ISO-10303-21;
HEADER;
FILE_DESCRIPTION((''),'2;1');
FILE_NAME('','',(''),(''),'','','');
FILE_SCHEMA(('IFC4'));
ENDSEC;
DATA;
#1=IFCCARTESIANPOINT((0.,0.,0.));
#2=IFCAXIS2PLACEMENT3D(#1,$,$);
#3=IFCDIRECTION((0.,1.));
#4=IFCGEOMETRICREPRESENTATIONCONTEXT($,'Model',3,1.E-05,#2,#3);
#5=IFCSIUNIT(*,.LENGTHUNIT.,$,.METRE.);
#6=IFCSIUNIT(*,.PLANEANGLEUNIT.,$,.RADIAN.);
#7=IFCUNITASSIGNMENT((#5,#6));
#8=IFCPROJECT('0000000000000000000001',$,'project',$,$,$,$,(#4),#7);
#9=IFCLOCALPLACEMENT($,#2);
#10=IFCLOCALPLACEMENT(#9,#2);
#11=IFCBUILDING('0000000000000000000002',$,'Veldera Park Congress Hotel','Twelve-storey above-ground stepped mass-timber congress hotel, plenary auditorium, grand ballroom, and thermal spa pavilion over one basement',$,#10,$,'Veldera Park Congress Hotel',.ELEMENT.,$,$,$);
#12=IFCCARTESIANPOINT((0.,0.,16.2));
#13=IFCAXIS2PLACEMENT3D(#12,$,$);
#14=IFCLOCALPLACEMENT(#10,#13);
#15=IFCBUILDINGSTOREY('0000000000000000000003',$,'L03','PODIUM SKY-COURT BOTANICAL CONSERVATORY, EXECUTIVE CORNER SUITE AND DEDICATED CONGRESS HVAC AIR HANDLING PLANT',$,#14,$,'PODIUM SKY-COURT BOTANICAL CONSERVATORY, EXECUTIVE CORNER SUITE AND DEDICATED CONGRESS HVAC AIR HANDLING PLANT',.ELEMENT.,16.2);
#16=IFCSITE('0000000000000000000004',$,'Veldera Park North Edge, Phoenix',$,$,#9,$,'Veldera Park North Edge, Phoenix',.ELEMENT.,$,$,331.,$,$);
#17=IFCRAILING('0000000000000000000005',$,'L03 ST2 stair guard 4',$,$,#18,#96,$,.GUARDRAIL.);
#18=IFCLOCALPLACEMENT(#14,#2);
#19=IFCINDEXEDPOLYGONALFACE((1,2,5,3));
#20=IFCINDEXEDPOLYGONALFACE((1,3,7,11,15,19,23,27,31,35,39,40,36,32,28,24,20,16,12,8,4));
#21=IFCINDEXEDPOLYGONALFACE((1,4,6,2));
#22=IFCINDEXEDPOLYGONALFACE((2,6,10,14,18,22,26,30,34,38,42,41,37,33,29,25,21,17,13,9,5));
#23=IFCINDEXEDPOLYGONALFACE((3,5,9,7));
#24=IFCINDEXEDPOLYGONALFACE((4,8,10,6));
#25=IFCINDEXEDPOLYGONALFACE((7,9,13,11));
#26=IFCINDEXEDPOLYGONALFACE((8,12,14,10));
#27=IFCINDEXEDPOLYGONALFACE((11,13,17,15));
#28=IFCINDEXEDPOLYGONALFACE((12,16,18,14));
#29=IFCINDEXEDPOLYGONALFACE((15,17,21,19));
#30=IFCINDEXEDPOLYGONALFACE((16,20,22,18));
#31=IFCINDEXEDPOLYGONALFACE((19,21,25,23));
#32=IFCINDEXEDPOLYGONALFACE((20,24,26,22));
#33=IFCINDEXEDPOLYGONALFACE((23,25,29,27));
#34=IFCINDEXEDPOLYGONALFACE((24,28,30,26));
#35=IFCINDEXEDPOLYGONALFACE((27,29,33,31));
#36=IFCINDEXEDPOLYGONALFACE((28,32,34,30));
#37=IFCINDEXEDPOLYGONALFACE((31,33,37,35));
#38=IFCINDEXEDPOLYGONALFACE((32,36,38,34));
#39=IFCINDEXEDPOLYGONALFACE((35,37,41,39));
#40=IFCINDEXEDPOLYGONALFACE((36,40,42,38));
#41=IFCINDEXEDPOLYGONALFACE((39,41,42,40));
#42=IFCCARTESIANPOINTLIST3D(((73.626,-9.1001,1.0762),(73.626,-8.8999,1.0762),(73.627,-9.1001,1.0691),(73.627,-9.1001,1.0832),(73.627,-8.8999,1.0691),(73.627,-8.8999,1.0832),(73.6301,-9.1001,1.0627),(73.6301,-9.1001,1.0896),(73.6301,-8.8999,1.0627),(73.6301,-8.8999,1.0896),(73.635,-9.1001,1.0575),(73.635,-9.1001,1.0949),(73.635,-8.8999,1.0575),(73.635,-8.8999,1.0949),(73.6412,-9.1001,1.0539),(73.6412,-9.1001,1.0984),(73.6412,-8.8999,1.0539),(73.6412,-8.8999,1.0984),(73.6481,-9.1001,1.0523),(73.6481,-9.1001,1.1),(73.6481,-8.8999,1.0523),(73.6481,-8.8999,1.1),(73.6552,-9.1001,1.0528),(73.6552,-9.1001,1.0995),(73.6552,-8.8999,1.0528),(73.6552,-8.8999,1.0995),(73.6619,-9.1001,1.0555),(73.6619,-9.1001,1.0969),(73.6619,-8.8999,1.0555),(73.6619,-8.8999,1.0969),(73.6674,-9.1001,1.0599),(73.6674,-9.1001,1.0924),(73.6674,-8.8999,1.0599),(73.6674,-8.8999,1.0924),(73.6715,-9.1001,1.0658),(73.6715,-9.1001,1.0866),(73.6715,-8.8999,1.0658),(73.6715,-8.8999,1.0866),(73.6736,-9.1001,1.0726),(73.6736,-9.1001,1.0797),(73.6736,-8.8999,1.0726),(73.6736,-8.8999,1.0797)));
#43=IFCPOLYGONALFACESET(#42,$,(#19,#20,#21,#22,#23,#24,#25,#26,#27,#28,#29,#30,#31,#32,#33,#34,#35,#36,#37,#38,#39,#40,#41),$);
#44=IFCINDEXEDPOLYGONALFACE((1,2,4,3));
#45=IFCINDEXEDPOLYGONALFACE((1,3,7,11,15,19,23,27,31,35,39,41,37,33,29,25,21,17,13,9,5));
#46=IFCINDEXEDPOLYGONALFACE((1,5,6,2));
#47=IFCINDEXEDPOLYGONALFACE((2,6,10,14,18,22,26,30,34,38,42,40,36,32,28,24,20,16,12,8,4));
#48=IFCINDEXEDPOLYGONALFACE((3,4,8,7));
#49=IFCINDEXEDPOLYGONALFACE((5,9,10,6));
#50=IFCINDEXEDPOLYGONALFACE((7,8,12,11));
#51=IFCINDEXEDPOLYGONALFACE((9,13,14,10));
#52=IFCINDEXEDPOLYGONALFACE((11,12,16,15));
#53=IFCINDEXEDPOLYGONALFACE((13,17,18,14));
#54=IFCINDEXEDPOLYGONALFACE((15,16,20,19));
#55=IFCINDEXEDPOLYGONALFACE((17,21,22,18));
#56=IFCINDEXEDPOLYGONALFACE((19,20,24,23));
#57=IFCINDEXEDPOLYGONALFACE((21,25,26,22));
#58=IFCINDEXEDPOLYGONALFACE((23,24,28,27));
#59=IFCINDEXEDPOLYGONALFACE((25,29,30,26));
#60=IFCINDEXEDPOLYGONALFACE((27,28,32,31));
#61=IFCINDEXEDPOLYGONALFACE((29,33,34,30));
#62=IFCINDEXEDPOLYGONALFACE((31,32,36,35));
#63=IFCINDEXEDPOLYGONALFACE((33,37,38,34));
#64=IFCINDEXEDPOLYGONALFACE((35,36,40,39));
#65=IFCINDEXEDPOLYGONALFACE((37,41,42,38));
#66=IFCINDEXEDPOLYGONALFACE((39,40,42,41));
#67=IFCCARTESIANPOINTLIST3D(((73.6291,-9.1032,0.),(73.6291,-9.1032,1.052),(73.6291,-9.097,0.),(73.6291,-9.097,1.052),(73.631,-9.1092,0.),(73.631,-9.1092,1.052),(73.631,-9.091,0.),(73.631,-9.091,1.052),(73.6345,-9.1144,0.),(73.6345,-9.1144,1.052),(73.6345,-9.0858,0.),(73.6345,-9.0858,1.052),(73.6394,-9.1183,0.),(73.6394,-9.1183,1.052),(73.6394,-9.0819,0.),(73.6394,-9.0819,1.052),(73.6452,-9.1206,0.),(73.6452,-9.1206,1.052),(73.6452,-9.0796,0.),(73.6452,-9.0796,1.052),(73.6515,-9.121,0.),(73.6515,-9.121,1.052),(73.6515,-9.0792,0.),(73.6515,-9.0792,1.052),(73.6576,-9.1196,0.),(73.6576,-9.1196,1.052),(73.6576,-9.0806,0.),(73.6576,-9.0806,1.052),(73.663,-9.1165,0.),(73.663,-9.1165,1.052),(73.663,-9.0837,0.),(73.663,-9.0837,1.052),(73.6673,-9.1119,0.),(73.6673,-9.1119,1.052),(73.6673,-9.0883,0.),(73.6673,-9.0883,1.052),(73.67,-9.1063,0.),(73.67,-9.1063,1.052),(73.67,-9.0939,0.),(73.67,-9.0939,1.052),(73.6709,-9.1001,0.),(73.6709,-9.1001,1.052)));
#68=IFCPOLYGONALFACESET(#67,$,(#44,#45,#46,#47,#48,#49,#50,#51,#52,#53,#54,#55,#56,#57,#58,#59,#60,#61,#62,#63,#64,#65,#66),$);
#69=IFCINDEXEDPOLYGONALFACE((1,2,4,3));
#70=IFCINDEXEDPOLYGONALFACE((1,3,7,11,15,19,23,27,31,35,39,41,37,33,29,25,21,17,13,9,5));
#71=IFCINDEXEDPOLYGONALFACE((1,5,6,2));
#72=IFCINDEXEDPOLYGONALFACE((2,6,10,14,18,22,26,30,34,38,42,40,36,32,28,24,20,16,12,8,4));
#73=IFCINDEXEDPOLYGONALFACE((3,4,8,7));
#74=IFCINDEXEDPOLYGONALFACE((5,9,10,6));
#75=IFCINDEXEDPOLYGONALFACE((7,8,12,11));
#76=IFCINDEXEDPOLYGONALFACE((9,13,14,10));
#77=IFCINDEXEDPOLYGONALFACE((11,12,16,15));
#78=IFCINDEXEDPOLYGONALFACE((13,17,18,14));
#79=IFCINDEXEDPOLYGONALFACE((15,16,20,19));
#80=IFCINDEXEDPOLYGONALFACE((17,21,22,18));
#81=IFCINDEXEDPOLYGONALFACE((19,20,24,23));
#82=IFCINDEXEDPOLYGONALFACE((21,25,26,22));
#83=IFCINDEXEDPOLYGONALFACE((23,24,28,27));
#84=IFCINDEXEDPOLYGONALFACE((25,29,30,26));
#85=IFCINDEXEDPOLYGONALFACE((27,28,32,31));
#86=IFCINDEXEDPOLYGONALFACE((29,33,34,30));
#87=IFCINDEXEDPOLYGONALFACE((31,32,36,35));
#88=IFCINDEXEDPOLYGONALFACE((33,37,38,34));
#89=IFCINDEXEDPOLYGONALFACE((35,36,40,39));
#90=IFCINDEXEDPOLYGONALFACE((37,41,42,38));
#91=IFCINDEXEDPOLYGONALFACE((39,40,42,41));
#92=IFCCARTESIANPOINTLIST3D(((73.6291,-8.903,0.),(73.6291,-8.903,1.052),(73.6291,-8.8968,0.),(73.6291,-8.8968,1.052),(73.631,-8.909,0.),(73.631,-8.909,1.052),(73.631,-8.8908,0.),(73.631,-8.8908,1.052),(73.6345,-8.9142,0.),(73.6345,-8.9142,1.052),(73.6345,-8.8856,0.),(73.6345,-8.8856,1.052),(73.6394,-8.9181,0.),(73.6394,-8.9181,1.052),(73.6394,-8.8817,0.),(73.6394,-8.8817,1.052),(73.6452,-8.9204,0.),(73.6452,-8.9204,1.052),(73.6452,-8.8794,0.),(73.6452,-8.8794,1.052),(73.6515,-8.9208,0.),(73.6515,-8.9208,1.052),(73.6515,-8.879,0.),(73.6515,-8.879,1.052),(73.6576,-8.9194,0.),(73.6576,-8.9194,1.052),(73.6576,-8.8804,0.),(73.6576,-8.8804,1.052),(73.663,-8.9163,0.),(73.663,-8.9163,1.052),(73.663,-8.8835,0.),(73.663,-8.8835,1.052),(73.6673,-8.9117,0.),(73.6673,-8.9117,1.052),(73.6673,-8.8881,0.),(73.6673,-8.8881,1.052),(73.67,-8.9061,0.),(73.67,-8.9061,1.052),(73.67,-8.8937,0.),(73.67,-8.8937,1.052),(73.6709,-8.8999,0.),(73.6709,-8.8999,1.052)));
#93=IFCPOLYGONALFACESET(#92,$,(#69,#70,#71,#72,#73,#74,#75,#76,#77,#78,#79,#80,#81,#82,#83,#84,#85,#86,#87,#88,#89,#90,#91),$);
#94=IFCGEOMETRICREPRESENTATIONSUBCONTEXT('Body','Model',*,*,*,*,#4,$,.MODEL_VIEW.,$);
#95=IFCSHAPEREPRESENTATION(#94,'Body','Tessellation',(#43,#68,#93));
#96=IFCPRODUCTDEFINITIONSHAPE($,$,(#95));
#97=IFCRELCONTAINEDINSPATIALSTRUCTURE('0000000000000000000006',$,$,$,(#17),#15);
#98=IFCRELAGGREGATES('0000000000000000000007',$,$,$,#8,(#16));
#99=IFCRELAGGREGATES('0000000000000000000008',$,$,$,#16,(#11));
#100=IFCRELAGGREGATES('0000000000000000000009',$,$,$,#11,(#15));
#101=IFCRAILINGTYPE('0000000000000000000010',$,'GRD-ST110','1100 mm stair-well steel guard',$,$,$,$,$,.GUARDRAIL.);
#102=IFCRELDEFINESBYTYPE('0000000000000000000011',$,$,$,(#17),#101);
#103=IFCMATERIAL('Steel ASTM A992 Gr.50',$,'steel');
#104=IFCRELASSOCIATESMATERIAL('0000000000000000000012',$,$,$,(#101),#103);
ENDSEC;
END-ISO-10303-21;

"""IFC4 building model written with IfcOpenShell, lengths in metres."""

from ifc_helpers import new_model, si_unit, direction, frame, origin, origin_2d, place, context, subcontext, project, spatial, circle, extrude, material, type_object, element, save


model = new_model("IFC4")

# Units and contexts
model_context = context("Model", 3, precision=1e-05, world=origin(), true_north=direction((0.0, 1.0)))
body_context = subcontext(model_context, "Body", "Model", "MODEL_VIEW")
ifc_project = project(units=[si_unit("LENGTHUNIT", "METRE"), si_unit("PLANEANGLEUNIT", "RADIAN")], contexts=[model_context])

# Site, building, storey
site_placement = place(None, origin())
site = spatial("IfcSite", under=ifc_project, at=site_placement, Name="Veldera Park North Edge, Phoenix", LongName="Veldera Park North Edge, Phoenix", CompositionType="ELEMENT", RefElevation=331.0)
building_placement = place(site_placement, origin())
building = spatial("IfcBuilding", under=site, at=building_placement, Name="Veldera Park Congress Hotel", Description="Twelve-storey above-ground stepped mass-timber congress hotel, plenary auditorium, grand ballroom, and thermal spa pavilion over one basement", LongName="Veldera Park Congress Hotel", CompositionType="ELEMENT")
storey_placement = place(building_placement, frame((0.0, 0.0, 16.2)))
storey = spatial("IfcBuildingStorey", under=building, at=storey_placement, Name="L03", Description="PODIUM SKY-COURT BOTANICAL CONSERVATORY, EXECUTIVE CORNER SUITE AND DEDICATED CONGRESS HVAC AIR HANDLING PLANT", LongName="PODIUM SKY-COURT BOTANICAL CONSERVATORY, EXECUTIVE CORNER SUITE AND DEDICATED CONGRESS HVAC AIR HANDLING PLANT", CompositionType="ELEMENT", Elevation=16.2)

# Railing
ifc_material_1 = material(Name="Steel ASTM A992 Gr.50", Category="steel")
railing_type_1 = type_object("IfcRailingType", Name="GRD-ST110", Description="1100 mm stair-well steel guard", PredefinedType="GUARDRAIL", material=ifc_material_1)
railing_1_placement = place(storey_placement, frame((73.6499, -9.1001, 0.0)))
element("IfcRailing", 1, at=railing_1_placement, inside=storey, type_object=railing_type_1, Name="L03 ST2 stair guard 4", PredefinedType="GUARDRAIL", context=body_context, shape_type="SweptSolid", body=[
    extrude(circle(Radius=0.0239, at=origin_2d()), frame((0.0, 0.0, 1.0762), z_axis=(0.0, 1.0, 0.0), x_axis=(-1.0, 0.0, 0.0)), (0.0, 0.0, 1.0), 0.2002),
    extrude(circle(Radius=0.021, at=origin_2d()), origin(), (0.0, 0.0, 1.0), 1.052),
    extrude(circle(Radius=0.021, at=origin_2d()), frame((0.0, 0.2002, 0.0)), (0.0, 0.0, 1.0), 1.052),
])

save(model, "model.ifc")
